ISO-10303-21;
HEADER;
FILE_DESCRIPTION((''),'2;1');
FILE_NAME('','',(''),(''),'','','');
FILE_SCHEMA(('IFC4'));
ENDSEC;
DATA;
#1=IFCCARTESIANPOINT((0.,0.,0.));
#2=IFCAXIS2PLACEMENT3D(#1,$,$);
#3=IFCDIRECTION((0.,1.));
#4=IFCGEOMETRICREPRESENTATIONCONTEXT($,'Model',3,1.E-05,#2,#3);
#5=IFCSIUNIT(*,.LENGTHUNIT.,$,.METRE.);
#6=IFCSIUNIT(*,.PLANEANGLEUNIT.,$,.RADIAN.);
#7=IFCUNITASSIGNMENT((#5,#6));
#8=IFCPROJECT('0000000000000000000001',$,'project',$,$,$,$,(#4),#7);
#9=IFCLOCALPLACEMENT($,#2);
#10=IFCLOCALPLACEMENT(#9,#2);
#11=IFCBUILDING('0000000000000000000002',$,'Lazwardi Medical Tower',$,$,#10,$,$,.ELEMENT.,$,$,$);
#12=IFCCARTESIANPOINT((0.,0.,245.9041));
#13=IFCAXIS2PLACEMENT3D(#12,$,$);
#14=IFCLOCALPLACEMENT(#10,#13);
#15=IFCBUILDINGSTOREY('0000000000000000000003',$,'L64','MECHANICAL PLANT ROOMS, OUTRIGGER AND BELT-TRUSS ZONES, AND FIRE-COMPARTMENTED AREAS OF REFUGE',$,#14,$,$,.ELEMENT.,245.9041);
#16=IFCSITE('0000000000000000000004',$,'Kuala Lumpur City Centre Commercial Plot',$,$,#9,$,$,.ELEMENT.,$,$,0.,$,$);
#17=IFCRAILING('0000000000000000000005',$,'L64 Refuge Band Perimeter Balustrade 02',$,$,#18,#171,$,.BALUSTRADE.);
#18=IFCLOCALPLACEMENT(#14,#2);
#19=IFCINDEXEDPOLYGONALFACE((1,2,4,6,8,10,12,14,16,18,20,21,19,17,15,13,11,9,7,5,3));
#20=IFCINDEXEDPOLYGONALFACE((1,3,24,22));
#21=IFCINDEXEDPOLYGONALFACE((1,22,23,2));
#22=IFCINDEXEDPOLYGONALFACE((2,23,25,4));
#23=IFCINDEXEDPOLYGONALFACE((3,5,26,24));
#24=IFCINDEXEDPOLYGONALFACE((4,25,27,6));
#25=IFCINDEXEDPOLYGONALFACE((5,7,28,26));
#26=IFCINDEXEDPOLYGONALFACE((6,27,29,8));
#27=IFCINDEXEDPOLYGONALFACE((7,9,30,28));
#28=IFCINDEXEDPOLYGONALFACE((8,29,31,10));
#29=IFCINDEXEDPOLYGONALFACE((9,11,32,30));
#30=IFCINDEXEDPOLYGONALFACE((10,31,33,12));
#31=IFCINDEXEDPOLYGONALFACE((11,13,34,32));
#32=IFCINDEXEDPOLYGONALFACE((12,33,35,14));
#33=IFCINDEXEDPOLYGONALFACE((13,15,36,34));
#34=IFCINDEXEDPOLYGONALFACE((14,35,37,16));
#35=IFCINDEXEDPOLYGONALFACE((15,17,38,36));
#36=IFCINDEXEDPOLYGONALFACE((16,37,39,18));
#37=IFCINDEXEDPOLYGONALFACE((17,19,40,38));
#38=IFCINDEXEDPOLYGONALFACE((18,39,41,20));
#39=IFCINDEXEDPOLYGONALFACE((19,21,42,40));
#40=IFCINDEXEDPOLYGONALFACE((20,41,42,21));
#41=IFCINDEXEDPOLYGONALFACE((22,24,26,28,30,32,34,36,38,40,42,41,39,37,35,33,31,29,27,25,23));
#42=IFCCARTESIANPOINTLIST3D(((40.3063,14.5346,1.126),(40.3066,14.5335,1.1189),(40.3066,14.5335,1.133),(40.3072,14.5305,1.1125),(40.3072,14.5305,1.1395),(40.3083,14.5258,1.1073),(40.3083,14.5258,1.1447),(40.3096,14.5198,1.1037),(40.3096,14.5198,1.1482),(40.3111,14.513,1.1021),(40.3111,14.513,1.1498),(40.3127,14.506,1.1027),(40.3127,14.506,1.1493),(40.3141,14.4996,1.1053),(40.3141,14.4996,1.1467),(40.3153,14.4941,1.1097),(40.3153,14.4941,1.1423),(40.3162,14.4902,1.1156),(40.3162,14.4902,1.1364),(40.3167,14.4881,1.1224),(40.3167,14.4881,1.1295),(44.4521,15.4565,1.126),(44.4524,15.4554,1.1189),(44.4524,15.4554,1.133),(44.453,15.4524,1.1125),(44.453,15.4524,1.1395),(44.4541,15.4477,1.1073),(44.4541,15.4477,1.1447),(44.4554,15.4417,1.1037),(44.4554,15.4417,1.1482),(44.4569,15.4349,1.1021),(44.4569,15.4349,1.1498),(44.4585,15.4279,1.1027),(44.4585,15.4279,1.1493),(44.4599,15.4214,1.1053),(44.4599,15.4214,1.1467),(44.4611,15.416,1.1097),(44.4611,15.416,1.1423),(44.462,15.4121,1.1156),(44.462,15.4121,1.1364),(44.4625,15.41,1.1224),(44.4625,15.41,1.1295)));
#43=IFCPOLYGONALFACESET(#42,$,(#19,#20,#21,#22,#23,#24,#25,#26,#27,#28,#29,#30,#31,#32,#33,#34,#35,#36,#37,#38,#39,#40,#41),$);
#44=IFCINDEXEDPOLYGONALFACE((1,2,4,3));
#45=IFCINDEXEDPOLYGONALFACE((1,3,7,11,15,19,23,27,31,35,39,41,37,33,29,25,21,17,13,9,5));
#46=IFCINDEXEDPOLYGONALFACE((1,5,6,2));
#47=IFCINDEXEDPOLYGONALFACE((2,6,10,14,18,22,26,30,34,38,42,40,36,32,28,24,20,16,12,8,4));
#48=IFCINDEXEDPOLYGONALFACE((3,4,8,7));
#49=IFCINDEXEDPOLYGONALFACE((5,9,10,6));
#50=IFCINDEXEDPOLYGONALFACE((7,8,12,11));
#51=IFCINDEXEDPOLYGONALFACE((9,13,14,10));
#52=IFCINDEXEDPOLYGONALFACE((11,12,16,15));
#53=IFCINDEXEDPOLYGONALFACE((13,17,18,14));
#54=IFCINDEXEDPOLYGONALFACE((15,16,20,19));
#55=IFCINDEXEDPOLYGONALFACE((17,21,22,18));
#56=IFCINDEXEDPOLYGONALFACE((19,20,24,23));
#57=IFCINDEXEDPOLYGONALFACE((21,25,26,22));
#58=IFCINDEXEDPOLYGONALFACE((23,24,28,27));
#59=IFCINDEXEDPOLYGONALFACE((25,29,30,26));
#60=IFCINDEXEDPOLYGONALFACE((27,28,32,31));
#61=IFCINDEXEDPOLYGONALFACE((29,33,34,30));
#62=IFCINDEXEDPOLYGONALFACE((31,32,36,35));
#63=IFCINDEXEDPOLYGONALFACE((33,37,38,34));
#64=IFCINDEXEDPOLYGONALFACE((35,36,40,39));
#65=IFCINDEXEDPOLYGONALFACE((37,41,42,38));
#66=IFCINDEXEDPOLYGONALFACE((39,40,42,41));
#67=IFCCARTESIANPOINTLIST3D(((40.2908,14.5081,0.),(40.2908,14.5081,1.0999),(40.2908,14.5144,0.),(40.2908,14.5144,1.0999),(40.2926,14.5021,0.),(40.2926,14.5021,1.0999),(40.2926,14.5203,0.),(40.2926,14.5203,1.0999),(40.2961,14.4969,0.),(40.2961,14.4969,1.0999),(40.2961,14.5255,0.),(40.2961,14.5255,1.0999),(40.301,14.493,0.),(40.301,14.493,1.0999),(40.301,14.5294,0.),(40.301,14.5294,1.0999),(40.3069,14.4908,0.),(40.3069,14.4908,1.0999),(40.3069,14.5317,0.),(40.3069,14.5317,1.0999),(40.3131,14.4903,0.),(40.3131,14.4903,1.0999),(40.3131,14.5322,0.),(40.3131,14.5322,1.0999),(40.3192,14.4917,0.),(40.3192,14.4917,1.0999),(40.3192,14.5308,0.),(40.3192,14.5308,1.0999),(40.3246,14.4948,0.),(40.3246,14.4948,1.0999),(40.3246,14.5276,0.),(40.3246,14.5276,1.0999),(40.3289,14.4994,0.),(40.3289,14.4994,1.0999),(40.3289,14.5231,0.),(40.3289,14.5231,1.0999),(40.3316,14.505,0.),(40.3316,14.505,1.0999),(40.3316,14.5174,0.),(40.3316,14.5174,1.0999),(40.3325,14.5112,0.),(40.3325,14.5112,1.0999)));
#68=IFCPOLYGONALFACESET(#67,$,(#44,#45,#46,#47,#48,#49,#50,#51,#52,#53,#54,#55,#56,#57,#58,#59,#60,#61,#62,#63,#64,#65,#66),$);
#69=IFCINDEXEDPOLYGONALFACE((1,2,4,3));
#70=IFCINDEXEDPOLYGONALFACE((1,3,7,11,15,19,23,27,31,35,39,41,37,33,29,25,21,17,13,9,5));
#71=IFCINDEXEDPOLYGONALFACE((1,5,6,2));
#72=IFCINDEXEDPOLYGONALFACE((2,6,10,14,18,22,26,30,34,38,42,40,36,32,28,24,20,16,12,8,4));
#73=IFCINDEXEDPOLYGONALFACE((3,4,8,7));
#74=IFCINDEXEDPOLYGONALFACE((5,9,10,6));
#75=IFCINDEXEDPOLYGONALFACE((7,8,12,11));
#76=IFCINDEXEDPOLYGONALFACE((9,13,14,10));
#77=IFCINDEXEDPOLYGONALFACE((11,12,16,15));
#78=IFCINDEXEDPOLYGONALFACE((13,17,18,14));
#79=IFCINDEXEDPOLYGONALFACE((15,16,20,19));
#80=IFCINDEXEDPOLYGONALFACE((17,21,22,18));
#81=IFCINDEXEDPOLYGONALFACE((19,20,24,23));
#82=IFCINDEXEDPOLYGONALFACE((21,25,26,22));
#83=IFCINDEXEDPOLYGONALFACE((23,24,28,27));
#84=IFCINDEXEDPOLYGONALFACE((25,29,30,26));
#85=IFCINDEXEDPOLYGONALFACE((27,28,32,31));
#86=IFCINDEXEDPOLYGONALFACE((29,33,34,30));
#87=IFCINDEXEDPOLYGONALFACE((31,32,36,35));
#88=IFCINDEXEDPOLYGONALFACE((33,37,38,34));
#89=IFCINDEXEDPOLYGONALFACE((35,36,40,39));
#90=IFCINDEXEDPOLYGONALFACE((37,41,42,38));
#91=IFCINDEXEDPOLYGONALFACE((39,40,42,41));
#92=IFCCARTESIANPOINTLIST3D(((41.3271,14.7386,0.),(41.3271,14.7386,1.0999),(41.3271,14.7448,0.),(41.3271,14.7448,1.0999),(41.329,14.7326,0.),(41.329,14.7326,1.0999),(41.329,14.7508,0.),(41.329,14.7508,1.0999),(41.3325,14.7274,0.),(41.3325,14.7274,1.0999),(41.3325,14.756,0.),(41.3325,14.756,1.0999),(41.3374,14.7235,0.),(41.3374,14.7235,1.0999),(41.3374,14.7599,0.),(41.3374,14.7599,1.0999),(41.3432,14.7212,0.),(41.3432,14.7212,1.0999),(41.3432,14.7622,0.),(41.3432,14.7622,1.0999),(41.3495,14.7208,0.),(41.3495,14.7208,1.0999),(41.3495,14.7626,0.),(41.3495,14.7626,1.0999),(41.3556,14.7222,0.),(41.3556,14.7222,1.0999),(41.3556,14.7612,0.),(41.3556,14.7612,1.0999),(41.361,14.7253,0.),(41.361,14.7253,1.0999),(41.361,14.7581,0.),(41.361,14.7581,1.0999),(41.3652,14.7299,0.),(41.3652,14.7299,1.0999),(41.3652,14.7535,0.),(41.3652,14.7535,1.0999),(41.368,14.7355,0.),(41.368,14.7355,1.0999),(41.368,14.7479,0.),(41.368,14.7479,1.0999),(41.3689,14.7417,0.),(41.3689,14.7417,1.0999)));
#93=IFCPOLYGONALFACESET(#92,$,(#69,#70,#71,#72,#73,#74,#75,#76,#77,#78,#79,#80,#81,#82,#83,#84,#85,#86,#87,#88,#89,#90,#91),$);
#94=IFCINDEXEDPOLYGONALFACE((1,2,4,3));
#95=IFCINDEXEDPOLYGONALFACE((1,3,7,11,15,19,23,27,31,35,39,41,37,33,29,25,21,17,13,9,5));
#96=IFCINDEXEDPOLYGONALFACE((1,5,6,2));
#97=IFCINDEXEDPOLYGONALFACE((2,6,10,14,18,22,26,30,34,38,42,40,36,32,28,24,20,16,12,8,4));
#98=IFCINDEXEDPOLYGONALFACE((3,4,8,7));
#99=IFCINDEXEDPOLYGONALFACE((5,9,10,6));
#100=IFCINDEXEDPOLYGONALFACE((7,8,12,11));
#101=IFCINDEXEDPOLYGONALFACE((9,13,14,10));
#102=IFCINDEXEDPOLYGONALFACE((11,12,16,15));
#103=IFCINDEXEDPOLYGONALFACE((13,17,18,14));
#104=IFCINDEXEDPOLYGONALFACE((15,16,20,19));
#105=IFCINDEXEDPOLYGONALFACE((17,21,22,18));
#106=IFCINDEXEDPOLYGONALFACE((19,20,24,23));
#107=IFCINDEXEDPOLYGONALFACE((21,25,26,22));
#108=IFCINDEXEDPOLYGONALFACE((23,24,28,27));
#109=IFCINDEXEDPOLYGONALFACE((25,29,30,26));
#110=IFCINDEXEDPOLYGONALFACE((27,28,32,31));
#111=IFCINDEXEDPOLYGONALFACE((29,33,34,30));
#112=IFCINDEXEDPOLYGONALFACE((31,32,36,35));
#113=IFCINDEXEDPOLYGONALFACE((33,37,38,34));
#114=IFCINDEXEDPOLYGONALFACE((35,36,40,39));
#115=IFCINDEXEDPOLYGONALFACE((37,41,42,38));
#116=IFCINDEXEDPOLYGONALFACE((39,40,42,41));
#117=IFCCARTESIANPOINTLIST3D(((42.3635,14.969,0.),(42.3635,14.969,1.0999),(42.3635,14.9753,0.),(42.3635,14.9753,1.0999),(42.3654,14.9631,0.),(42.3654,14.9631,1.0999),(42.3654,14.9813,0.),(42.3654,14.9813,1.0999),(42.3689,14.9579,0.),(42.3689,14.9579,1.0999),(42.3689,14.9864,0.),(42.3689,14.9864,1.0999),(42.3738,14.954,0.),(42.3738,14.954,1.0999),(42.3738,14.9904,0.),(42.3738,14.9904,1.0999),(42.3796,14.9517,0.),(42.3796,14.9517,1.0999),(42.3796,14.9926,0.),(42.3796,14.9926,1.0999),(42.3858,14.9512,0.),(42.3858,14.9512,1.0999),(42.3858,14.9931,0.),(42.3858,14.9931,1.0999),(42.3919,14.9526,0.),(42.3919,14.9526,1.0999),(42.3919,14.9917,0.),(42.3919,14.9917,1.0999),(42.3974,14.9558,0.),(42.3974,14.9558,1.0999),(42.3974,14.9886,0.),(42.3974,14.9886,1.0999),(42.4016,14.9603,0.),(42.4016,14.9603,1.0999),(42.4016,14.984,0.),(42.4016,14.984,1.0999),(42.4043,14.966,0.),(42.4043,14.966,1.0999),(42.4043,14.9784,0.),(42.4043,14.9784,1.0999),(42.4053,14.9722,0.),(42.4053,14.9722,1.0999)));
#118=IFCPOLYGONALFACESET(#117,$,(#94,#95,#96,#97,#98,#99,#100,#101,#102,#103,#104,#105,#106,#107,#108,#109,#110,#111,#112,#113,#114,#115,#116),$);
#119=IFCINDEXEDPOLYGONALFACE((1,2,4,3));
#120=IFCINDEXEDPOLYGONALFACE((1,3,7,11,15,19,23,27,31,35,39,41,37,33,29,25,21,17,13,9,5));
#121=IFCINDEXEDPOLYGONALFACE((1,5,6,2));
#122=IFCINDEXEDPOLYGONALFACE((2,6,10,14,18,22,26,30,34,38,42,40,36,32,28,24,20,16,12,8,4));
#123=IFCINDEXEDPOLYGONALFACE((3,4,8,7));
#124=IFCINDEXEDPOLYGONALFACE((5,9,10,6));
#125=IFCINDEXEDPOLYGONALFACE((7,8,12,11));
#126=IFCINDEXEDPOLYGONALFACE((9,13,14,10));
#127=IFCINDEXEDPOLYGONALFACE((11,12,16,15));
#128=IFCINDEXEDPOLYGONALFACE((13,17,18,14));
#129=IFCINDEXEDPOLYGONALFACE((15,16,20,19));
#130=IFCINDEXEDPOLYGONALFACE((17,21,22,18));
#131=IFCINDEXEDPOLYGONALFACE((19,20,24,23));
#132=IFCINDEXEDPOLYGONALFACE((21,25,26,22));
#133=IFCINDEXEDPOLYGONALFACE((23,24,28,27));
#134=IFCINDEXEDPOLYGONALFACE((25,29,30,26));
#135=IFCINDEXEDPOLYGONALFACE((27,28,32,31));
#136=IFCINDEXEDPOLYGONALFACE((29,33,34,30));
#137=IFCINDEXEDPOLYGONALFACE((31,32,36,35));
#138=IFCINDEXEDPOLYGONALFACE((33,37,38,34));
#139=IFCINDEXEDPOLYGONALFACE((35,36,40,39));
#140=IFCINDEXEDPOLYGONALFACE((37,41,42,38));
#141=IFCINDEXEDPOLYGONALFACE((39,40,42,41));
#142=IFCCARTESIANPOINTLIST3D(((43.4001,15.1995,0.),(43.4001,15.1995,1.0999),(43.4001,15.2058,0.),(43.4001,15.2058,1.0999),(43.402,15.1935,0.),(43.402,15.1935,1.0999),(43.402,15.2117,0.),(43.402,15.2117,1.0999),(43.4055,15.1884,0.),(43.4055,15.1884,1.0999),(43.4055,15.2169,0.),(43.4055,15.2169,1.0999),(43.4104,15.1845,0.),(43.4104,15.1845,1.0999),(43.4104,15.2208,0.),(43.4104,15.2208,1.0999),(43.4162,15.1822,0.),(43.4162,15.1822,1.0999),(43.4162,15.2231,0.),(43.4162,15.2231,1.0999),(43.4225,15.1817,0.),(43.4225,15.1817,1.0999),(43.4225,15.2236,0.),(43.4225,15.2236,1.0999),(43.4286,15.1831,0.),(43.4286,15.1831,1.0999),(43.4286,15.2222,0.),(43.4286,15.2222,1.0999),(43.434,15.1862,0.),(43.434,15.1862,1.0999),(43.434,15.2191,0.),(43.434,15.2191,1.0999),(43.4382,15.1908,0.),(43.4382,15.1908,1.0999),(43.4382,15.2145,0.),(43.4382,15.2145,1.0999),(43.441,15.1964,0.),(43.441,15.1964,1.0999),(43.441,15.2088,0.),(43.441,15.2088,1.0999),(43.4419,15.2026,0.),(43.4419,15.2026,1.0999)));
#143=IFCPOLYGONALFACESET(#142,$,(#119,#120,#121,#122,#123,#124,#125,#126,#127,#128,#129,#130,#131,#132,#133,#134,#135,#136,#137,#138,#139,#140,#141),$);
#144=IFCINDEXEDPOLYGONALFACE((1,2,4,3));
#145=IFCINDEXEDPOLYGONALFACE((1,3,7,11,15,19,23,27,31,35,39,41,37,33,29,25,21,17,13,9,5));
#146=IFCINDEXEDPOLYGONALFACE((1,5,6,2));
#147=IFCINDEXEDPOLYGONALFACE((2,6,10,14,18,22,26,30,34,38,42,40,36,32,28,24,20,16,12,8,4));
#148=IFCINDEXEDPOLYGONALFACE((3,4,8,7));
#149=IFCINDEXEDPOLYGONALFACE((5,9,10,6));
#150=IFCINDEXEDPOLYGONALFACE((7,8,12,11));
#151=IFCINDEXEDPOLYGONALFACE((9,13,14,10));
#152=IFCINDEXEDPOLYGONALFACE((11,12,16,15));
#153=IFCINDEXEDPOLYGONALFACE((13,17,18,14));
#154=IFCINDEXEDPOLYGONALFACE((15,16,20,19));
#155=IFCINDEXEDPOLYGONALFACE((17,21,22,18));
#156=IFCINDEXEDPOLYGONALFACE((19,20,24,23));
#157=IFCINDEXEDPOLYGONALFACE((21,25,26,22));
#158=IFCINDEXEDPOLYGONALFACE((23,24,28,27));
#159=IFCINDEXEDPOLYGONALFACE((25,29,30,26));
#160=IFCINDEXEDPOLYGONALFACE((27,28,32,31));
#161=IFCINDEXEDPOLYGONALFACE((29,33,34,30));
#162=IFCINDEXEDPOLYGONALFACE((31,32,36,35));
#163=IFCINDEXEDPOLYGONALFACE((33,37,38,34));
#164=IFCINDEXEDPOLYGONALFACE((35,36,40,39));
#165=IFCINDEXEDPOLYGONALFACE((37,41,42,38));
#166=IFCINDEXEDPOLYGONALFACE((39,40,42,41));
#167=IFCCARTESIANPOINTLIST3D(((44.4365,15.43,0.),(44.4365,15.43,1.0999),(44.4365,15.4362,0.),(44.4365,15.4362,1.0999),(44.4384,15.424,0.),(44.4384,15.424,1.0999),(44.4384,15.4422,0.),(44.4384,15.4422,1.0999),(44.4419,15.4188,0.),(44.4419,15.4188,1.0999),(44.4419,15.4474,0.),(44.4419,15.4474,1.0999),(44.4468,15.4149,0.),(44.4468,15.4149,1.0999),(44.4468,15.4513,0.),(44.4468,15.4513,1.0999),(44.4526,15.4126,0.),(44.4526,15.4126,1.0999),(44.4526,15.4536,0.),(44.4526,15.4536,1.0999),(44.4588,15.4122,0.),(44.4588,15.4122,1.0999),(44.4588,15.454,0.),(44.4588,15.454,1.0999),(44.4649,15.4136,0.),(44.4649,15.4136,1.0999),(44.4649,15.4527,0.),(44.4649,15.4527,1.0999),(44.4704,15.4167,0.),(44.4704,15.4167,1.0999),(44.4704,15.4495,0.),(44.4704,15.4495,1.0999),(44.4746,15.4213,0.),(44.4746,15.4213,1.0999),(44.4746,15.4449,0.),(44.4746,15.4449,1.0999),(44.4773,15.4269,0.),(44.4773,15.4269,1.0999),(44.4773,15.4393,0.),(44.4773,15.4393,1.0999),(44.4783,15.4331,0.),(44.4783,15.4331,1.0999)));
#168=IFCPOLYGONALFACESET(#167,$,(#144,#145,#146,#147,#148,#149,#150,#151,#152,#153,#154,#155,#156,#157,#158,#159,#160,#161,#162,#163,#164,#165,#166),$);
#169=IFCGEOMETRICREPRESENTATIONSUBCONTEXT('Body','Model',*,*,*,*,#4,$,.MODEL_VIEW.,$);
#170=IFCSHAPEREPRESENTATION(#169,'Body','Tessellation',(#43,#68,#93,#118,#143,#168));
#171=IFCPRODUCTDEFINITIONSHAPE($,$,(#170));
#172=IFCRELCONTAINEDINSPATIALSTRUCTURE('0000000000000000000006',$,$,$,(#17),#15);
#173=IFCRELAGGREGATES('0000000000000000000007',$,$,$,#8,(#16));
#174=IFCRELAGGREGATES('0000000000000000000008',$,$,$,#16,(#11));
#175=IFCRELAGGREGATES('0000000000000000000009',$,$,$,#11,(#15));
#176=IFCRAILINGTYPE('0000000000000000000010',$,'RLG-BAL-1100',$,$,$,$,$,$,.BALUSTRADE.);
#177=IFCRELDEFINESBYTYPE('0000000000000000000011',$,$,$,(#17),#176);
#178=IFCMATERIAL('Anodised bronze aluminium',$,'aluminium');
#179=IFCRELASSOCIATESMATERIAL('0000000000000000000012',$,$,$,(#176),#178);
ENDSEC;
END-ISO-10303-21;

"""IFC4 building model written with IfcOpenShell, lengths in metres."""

from ifc_helpers import new_model, si_unit, direction, frame, origin, origin_2d, place, context, subcontext, project, spatial, circle, extrude, material, type_object, element, save


model = new_model("IFC4")

# Units and contexts
model_context = context("Model", 3, precision=1e-05, world=origin(), true_north=direction((0.0, 1.0)))
body_context = subcontext(model_context, "Body", "Model", "MODEL_VIEW")
ifc_project = project(units=[si_unit("LENGTHUNIT", "METRE"), si_unit("PLANEANGLEUNIT", "RADIAN")], contexts=[model_context])

# Site, building, storey
site_placement = place(None, origin())
site = spatial("IfcSite", under=ifc_project, at=site_placement, Name="Kuala Lumpur City Centre Commercial Plot", CompositionType="ELEMENT", RefElevation=0.0)
building_placement = place(site_placement, origin())
building = spatial("IfcBuilding", under=site, at=building_placement, Name="Lazwardi Medical Tower", CompositionType="ELEMENT")
storey_placement = place(building_placement, frame((0.0, 0.0, 245.9041)))
storey = spatial("IfcBuildingStorey", under=building, at=storey_placement, Name="L64", Description="MECHANICAL PLANT ROOMS, OUTRIGGER AND BELT-TRUSS ZONES, AND FIRE-COMPARTMENTED AREAS OF REFUGE", CompositionType="ELEMENT", Elevation=245.9041)

# Railing
ifc_material_1 = material(Name="Anodised bronze aluminium", Category="aluminium")
railing_type = type_object("IfcRailingType", Name="RLG-BAL-1100", PredefinedType="BALUSTRADE", material=ifc_material_1)
railing_1_placement = place(storey_placement, frame((40.3115, 14.5112, 0.0)))
element("IfcRailing", 1, at=railing_1_placement, inside=storey, type_object=railing_type, Name="L64 Refuge Band Perimeter Balustrade 02", PredefinedType="BALUSTRADE", context=body_context, shape_type="SweptSolid", body=[
    extrude(circle(Radius=0.0239, at=origin_2d()), frame((0.0, 0.0, 1.126), z_axis=(0.976157, 0.217064, 0.0), x_axis=(-0.217064, 0.976157, 0.0)), (0.0, 0.0, 1.0), 4.2471),
    extrude(circle(Radius=0.021, at=origin_2d()), origin(), (0.0, 0.0, 1.0), 1.0999),
    extrude(circle(Radius=0.021, at=origin_2d()), frame((1.0364, 0.2305, 0.0)), (0.0, 0.0, 1.0), 1.0999),
    extrude(circle(Radius=0.021, at=origin_2d()), frame((2.0728, 0.4609, 0.0)), (0.0, 0.0, 1.0), 1.0999),
    extrude(circle(Radius=0.021, at=origin_2d()), frame((3.1094, 0.6914, 0.0)), (0.0, 0.0, 1.0), 1.0999),
    extrude(circle(Radius=0.021, at=origin_2d()), frame((4.1458, 0.9219, 0.0)), (0.0, 0.0, 1.0), 1.0999),
])

save(model, "model.ifc")
